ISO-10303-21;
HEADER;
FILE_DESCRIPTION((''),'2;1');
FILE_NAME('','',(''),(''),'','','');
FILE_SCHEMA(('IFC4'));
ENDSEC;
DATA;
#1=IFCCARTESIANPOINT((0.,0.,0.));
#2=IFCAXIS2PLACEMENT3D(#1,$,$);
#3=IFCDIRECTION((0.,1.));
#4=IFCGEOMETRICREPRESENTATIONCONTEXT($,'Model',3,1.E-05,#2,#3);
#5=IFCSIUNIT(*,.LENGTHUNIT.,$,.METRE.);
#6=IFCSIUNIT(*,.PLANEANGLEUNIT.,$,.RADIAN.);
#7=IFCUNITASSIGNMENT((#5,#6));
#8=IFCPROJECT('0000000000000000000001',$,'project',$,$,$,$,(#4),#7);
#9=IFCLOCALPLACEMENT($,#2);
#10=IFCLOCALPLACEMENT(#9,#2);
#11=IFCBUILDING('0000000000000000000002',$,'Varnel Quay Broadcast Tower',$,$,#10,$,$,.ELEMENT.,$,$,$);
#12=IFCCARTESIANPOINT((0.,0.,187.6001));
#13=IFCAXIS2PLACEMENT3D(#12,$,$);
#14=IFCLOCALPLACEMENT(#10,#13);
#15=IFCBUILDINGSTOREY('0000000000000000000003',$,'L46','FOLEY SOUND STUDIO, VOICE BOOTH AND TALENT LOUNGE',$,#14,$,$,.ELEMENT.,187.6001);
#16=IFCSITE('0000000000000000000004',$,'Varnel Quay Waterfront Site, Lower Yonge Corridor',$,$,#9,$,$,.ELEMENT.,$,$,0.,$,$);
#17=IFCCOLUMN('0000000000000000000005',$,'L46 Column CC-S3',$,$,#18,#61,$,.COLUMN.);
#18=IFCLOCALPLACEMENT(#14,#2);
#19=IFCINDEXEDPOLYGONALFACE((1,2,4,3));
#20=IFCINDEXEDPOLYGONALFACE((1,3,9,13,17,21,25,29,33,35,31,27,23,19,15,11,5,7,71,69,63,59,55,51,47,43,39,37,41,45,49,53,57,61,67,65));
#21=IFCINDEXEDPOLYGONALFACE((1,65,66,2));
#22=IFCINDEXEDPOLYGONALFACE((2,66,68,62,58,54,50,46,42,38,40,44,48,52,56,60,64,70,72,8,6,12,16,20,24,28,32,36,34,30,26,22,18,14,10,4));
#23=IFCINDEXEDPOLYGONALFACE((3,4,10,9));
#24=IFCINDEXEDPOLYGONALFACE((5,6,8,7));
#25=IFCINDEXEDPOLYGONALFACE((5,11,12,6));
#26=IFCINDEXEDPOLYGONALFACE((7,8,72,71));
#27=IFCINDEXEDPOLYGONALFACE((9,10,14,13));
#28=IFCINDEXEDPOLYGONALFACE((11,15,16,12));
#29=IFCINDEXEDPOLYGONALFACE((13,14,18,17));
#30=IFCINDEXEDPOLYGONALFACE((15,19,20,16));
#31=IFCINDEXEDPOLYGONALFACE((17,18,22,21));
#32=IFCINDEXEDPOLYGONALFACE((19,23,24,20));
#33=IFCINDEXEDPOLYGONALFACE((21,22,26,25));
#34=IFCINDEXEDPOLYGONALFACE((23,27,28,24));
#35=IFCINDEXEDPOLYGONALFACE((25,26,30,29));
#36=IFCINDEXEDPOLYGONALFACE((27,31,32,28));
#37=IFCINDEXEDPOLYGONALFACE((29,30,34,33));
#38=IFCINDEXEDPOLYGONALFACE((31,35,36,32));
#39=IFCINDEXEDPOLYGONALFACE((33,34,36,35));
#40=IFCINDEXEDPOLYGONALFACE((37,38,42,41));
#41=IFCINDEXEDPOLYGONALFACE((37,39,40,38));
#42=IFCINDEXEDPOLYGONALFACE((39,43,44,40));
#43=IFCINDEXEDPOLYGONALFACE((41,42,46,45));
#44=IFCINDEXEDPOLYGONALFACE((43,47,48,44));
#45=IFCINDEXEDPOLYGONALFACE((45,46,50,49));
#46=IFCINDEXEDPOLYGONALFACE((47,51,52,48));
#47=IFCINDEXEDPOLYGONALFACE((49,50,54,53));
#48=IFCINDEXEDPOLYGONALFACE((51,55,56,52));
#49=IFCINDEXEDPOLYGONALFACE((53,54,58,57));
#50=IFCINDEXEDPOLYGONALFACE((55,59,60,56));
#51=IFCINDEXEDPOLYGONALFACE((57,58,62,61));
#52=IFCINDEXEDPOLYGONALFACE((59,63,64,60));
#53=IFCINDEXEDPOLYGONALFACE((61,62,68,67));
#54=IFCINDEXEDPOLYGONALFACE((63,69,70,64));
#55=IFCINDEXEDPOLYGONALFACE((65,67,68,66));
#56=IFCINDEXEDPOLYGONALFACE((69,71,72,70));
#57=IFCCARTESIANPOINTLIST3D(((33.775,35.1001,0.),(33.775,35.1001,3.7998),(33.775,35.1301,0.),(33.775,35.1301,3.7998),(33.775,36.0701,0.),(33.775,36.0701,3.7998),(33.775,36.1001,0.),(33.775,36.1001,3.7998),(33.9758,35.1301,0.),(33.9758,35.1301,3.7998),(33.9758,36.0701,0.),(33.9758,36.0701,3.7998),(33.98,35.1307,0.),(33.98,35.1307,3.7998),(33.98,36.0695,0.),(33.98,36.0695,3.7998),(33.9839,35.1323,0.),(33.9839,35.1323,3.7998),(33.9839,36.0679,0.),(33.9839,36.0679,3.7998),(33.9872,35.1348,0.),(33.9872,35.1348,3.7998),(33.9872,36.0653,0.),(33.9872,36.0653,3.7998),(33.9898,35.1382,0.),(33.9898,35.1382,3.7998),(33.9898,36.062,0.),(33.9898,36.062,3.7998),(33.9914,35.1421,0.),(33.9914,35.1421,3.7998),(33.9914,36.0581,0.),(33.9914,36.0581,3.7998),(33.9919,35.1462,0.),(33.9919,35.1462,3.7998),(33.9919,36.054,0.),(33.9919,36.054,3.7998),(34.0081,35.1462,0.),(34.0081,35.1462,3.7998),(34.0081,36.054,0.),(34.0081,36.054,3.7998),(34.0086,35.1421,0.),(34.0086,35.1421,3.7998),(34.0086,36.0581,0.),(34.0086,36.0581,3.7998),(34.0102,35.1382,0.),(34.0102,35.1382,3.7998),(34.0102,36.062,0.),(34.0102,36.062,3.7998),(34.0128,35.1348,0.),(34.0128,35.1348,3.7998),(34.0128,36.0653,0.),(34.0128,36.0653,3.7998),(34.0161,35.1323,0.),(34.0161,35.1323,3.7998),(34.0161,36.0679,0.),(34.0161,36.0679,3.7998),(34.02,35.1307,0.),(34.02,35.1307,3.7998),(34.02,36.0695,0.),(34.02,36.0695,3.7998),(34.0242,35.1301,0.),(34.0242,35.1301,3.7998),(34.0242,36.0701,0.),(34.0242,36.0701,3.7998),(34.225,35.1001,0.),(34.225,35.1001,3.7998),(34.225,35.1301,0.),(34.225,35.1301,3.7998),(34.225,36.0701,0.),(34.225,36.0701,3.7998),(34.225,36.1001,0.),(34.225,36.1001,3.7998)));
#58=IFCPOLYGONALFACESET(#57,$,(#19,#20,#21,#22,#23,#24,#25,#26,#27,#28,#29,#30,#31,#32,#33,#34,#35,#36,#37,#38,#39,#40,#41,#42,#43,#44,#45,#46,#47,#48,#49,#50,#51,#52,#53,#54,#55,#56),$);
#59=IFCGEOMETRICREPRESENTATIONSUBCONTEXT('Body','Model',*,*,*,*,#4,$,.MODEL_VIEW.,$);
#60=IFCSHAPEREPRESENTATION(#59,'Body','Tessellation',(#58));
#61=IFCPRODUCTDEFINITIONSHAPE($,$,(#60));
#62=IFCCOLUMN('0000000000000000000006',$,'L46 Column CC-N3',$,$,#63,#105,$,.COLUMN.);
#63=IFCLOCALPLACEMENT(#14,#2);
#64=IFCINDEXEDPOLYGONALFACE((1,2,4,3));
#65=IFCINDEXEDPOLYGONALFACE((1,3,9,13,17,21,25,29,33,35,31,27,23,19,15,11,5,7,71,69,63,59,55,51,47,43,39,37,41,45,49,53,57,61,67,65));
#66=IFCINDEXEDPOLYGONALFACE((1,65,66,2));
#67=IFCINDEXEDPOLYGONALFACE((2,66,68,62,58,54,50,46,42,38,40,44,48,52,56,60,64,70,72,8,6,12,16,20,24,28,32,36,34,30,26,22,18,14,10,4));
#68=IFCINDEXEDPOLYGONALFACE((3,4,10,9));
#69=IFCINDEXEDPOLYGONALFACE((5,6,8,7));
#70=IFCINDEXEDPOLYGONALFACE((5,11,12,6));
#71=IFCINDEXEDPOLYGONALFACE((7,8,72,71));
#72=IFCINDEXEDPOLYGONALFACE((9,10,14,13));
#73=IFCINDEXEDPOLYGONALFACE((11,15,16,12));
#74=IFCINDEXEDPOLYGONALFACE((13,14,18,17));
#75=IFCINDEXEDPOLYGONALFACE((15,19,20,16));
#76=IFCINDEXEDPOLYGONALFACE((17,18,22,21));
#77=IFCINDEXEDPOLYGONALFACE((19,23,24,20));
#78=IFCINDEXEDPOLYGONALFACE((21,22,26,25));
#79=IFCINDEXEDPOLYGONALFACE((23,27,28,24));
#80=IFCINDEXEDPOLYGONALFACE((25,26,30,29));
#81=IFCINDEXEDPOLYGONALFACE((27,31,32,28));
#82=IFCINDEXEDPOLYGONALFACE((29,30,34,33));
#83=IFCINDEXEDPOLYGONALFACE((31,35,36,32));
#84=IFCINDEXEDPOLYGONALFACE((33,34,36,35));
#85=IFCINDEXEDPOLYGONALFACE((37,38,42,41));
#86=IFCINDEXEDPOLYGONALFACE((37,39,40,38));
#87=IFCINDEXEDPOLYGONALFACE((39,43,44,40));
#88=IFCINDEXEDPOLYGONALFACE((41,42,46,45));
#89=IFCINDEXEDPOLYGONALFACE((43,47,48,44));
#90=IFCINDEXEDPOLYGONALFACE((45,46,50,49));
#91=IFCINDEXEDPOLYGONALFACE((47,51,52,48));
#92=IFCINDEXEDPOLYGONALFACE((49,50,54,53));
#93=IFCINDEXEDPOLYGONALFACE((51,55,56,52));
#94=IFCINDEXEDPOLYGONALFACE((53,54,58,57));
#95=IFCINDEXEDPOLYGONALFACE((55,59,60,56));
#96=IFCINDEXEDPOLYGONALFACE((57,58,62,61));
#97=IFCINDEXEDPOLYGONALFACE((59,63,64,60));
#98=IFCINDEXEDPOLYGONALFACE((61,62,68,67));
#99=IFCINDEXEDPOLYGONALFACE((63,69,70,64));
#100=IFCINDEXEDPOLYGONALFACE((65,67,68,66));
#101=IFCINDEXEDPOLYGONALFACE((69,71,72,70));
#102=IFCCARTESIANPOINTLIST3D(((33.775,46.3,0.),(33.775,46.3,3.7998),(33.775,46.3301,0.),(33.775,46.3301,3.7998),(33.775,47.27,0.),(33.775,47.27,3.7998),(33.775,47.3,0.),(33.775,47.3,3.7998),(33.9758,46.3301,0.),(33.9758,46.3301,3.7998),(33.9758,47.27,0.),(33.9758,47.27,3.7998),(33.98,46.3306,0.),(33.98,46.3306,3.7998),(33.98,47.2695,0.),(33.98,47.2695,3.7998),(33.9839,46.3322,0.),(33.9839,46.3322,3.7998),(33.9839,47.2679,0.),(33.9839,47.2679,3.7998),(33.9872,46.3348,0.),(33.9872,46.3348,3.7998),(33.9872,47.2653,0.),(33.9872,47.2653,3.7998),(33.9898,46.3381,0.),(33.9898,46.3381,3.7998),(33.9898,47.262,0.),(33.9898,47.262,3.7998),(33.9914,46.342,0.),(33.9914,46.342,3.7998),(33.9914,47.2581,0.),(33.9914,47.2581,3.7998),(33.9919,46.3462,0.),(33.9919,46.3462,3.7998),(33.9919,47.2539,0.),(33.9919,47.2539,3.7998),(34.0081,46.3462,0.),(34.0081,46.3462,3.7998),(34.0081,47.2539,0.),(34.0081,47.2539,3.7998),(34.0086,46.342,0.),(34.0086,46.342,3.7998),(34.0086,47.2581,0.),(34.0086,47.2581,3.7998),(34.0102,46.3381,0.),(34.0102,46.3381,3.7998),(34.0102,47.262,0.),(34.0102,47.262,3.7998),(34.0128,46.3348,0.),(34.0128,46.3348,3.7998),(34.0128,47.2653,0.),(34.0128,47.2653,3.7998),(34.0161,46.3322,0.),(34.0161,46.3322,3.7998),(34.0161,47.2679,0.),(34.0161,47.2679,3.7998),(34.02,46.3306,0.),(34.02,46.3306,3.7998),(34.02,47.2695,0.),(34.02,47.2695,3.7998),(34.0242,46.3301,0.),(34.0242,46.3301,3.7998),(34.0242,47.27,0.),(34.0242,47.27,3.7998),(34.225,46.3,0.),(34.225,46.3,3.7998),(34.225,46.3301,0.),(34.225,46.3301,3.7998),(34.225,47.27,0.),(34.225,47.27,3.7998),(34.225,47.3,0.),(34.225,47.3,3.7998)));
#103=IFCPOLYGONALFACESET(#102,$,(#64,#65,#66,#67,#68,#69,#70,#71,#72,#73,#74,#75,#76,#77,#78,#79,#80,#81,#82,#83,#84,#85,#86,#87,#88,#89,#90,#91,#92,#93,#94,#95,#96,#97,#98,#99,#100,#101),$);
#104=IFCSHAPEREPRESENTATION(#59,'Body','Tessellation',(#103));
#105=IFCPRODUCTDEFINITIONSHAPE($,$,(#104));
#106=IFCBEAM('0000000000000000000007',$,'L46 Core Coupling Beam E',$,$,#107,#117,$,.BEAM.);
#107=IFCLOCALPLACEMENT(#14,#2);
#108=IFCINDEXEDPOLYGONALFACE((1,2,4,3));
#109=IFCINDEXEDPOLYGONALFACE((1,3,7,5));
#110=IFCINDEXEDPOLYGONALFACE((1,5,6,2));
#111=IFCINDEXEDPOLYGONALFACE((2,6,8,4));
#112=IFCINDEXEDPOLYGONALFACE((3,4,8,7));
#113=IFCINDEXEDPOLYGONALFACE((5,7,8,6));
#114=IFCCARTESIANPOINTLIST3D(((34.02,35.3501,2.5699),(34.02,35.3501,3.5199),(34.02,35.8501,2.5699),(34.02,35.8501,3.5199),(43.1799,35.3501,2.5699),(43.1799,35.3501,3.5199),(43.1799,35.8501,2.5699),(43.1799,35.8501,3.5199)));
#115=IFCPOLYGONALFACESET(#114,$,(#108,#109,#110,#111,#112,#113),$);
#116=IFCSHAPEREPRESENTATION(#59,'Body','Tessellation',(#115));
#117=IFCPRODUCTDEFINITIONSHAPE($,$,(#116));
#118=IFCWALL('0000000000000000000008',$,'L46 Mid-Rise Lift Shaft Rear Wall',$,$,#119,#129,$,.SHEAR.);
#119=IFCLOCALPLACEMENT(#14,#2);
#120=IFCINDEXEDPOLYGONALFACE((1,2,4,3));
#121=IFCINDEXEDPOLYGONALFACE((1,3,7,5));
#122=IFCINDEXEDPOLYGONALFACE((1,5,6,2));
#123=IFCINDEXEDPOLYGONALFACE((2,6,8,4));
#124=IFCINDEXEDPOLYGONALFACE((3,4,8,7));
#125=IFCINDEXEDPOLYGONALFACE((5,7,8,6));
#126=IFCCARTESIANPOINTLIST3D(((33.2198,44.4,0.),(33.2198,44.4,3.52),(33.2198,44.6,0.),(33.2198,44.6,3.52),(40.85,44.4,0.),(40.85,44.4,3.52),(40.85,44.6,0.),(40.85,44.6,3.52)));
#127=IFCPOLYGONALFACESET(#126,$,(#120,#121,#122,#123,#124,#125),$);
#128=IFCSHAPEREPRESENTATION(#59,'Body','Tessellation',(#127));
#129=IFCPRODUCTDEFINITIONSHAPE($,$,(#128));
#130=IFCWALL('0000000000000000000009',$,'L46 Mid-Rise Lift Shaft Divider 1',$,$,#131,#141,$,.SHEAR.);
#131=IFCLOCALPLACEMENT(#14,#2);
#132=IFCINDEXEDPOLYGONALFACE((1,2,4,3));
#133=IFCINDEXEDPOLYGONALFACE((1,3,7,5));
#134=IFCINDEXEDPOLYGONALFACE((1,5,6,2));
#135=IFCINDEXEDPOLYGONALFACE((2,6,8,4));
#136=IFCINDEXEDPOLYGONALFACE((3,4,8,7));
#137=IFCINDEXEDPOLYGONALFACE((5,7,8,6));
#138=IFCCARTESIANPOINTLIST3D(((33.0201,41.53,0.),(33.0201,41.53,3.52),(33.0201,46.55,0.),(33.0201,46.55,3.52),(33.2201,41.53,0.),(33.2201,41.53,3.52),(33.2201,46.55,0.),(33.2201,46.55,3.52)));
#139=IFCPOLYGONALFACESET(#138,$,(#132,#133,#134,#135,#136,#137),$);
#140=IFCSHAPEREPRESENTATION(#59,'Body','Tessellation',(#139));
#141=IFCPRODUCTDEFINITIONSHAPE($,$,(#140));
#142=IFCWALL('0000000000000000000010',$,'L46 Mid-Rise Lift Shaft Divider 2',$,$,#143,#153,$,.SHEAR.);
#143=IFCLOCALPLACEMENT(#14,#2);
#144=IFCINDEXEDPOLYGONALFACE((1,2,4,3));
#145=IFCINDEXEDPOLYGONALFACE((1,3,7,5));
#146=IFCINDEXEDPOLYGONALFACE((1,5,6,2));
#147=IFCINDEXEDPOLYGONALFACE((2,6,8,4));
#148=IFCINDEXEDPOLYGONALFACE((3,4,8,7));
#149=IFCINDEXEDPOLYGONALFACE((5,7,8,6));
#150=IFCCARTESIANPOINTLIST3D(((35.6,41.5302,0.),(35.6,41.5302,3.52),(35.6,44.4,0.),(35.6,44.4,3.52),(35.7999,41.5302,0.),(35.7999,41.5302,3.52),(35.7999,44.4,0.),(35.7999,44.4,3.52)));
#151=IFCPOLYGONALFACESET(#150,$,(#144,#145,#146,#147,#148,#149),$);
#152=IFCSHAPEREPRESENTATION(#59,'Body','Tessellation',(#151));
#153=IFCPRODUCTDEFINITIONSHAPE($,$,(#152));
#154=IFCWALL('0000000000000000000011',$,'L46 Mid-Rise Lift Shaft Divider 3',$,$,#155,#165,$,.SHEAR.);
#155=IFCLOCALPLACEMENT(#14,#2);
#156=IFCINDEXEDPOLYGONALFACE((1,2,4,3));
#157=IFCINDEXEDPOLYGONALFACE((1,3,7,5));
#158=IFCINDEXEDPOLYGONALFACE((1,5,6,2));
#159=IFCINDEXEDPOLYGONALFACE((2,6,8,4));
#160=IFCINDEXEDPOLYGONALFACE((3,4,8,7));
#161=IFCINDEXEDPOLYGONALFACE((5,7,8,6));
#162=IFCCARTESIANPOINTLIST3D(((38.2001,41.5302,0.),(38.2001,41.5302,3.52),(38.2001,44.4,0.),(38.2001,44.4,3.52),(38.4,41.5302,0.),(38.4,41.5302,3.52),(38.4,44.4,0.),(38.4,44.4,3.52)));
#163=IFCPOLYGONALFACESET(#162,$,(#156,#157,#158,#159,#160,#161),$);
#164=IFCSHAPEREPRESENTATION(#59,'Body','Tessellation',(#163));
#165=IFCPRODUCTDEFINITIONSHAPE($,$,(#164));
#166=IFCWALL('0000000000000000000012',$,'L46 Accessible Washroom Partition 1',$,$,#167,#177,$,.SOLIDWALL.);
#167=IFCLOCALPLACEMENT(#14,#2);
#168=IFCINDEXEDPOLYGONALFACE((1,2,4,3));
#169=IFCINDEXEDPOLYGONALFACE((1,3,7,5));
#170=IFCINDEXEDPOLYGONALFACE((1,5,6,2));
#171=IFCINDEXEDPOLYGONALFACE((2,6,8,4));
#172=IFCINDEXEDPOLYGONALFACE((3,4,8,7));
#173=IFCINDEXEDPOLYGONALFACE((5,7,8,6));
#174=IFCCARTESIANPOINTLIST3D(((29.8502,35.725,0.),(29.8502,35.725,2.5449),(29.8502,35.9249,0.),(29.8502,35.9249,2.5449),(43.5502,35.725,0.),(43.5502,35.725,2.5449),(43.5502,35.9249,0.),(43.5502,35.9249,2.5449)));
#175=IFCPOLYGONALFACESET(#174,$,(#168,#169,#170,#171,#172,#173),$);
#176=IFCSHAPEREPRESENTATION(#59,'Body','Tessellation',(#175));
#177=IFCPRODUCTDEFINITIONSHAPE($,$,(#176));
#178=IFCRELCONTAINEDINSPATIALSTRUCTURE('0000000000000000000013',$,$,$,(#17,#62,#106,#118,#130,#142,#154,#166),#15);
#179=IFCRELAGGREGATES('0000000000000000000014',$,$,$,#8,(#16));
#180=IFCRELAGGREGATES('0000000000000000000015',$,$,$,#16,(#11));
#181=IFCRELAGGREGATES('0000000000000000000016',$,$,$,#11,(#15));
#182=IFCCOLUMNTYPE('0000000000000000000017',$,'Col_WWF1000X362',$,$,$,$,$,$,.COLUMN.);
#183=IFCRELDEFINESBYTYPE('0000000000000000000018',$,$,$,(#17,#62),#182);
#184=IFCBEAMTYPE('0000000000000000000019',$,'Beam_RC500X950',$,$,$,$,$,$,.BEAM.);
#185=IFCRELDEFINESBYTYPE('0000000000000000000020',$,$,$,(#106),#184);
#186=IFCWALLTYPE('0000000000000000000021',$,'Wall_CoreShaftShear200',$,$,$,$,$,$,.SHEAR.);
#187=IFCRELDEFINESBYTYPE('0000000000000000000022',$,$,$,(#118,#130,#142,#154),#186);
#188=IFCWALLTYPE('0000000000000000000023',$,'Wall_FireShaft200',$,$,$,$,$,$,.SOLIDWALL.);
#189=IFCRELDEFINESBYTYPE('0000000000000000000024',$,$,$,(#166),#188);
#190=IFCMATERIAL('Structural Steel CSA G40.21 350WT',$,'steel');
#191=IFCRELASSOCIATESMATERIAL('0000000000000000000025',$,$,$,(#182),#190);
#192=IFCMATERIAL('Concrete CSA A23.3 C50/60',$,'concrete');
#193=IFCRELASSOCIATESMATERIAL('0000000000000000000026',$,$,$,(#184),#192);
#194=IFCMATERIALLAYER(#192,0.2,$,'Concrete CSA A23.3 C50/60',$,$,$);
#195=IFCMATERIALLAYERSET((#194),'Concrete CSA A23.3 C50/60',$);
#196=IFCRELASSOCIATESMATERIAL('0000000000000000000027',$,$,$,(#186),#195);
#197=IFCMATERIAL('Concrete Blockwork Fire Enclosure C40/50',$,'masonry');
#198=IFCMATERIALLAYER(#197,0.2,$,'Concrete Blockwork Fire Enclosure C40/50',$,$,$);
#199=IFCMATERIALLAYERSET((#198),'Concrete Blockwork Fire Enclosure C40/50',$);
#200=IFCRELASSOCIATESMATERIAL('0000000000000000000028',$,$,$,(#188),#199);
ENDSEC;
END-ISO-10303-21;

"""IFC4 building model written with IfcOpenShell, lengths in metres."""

from ifc_helpers import new_model, si_unit, direction, frame, frame_2d, origin, origin_2d, place, context, subcontext, project, spatial, rectangle, i_section, extrude, source, transform, mapped, material, layer, layer_set, material_profile, profile_set, type_object, type_shapes, element, save


model = new_model("IFC4")

# Units and contexts
model_context = context("Model", 3, precision=1e-05, world=origin(), true_north=direction((0.0, 1.0)))
body_context = subcontext(model_context, "Body", "Model", "MODEL_VIEW")
ifc_project = project(units=[si_unit("LENGTHUNIT", "METRE"), si_unit("PLANEANGLEUNIT", "RADIAN")], contexts=[model_context])

# Site, building, storey
site_placement = place(None, origin())
site = spatial("IfcSite", under=ifc_project, at=site_placement, Name="Varnel Quay Waterfront Site, Lower Yonge Corridor", CompositionType="ELEMENT", RefElevation=0.0)
building_placement = place(site_placement, origin())
building = spatial("IfcBuilding", under=site, at=building_placement, Name="Varnel Quay Broadcast Tower", CompositionType="ELEMENT")
storey_placement = place(building_placement, frame((0.0, 0.0, 187.6001)))
storey = spatial("IfcBuildingStorey", under=building, at=storey_placement, Name="L46", Description="FOLEY SOUND STUDIO, VOICE BOOTH AND TALENT LOUNGE", CompositionType="ELEMENT", Elevation=187.6001)

# Columns
ifc_material_1 = material(Name="Structural Steel CSA G40.21 350WT", Category="steel")
ifc_material_profile_1 = material_profile(ifc_material_1, i_section(OverallWidth=0.45, OverallDepth=1.0, WebThickness=0.0161, FlangeThickness=0.03, FilletRadius=0.0161, at=origin_2d()), Name="WWF1000X362")
ifc_profile_set_1 = profile_set([ifc_material_profile_1], Name="Structural Steel CSA G40.21 350WT")
column_type = type_object("IfcColumnType", Name="Col_WWF1000X362", PredefinedType="COLUMN", material=ifc_profile_set_1)
shared_shape_1 = source(origin(), body_context, "Body", "SweptSolid", [
    extrude(i_section(OverallWidth=0.45, OverallDepth=1.0, WebThickness=0.0161, FlangeThickness=0.03, FilletRadius=0.0161, at=origin_2d()), origin(), (0.0, 0.0, 1.0), 3.7998),
])
type_shapes(column_type, [shared_shape_1])
for number, where, z_axis, x_axis, name in (
    (1, (34.0, 35.6001, 0.0), (0.0, 0.0, 1.0), (1.0, 0.0, 0.0), "L46 Column CC-S3"),
    (2, (34.0, 46.8, 0.0), (0.0, 0.0, 1.0), (1.0, 0.0, 0.0), "L46 Column CC-N3"),
):
    element("IfcColumn", number, at=place(storey_placement, frame(where, z_axis=z_axis, x_axis=x_axis)), inside=storey, type_object=column_type, Name=name, PredefinedType="COLUMN", context=body_context, shape_type="MappedRepresentation", body=[
        mapped(shared_shape_1, transform((0.0, 0.0, 0.0), x_axis=(1.0, 0.0, 0.0), y_axis=(0.0, 1.0, 0.0), z_axis=(0.0, 0.0, 1.0), scale=1.0)),
    ])

# Beam
ifc_material_2 = material(Name="Concrete CSA A23.3 C50/60", Category="concrete")
ifc_material_profile_2 = material_profile(ifc_material_2, rectangle(XDim=0.5, YDim=0.95, at=origin_2d()), Name="RC500X950")
ifc_profile_set_2 = profile_set([ifc_material_profile_2], Name="Concrete CSA A23.3 C50/60")
beam_type = type_object("IfcBeamType", Name="Beam_RC500X950", PredefinedType="BEAM", material=ifc_profile_set_2)
shared_shape_2 = source(origin(), body_context, "Body", "SweptSolid", [
    extrude(rectangle(XDim=0.5, YDim=0.95, at=origin_2d()), origin(), (0.0, 0.0, 1.0), 9.1599),
])
type_shapes(beam_type, [shared_shape_2])
beam_placement = place(storey_placement, frame((34.02, 35.6001, 3.0449), z_axis=(1.0, 0.0, 0.0), x_axis=(0.0, 1.0, 0.0)))
element("IfcBeam", 3, at=beam_placement, inside=storey, type_object=beam_type, Name="L46 Core Coupling Beam E", PredefinedType="BEAM", context=body_context, shape_type="MappedRepresentation", body=[
    mapped(shared_shape_2, transform((0.0, 0.0, 0.0), x_axis=(1.0, 0.0, 0.0), y_axis=(0.0, 1.0, 0.0), z_axis=(0.0, 0.0, 1.0), scale=1.0)),
])

# Walls
ifc_layer_1 = layer(ifc_material_2, 0.2, Name="Concrete CSA A23.3 C50/60")
ifc_layer_set_1 = layer_set([ifc_layer_1], Name="Concrete CSA A23.3 C50/60")
wall_type_1 = type_object("IfcWallType", Name="Wall_CoreShaftShear200", PredefinedType="SHEAR", material=ifc_layer_set_1)
wall_1_placement = place(storey_placement, frame((33.22, 44.5, 0.0), z_axis=(0.0, 0.0, 1.0), x_axis=(1.0, 0.0, 0.0)))
element("IfcWall", 4, at=wall_1_placement, inside=storey, type_object=wall_type_1, Name="L46 Mid-Rise Lift Shaft Rear Wall", PredefinedType="SHEAR", context=body_context, shape_type="SweptSolid", body=[
    extrude(rectangle(XDim=7.6301, YDim=0.2, at=frame_2d((3.8149, 0.0))), origin(), (0.0, 0.0, 1.0), 3.52),
])
wall_2_placement = place(storey_placement, frame((33.1201, 41.53, 0.0), z_axis=(0.0, 0.0, 1.0), x_axis=(0.0, 1.0, 0.0)))
element("IfcWall", 5, at=wall_2_placement, inside=storey, type_object=wall_type_1, Name="L46 Mid-Rise Lift Shaft Divider 1", PredefinedType="SHEAR", context=body_context, shape_type="SweptSolid", body=[
    extrude(rectangle(XDim=5.02, YDim=0.2, at=frame_2d((2.51, 0.0))), origin(), (0.0, 0.0, 1.0), 3.52),
])
for number, where, z_axis, x_axis, name in (
    (6, (35.7, 41.53, 0.0), (0.0, 0.0, 1.0), (0.0, 1.0, 0.0), "L46 Mid-Rise Lift Shaft Divider 2"),
    (7, (38.3, 41.53, 0.0), (0.0, 0.0, 1.0), (0.0, 1.0, 0.0), "L46 Mid-Rise Lift Shaft Divider 3"),
):
    element("IfcWall", number, at=place(storey_placement, frame(where, z_axis=z_axis, x_axis=x_axis)), inside=storey, type_object=wall_type_1, Name=name, PredefinedType="SHEAR", context=body_context, shape_type="SweptSolid", body=[
        extrude(rectangle(XDim=2.8699, YDim=0.2, at=frame_2d((1.4351, 0.0))), origin(), (0.0, 0.0, 1.0), 3.52),
    ])
ifc_material_3 = material(Name="Concrete Blockwork Fire Enclosure C40/50", Category="masonry")
ifc_layer_2 = layer(ifc_material_3, 0.2, Name="Concrete Blockwork Fire Enclosure C40/50")
ifc_layer_set_2 = layer_set([ifc_layer_2], Name="Concrete Blockwork Fire Enclosure C40/50")
wall_type_2 = type_object("IfcWallType", Name="Wall_FireShaft200", PredefinedType="SOLIDWALL", material=ifc_layer_set_2)
wall_3_placement = place(storey_placement, frame((29.8501, 35.825, 0.0), z_axis=(0.0, 0.0, 1.0), x_axis=(1.0, 0.0, 0.0)))
element("IfcWall", 8, at=wall_3_placement, inside=storey, type_object=wall_type_2, Name="L46 Accessible Washroom Partition 1", PredefinedType="SOLIDWALL", context=body_context, shape_type="SweptSolid", body=[
    extrude(rectangle(XDim=13.7, YDim=0.2, at=frame_2d((6.8501, 0.0))), origin(), (0.0, 0.0, 1.0), 2.5449),
])

save(model, "model.ifc")
